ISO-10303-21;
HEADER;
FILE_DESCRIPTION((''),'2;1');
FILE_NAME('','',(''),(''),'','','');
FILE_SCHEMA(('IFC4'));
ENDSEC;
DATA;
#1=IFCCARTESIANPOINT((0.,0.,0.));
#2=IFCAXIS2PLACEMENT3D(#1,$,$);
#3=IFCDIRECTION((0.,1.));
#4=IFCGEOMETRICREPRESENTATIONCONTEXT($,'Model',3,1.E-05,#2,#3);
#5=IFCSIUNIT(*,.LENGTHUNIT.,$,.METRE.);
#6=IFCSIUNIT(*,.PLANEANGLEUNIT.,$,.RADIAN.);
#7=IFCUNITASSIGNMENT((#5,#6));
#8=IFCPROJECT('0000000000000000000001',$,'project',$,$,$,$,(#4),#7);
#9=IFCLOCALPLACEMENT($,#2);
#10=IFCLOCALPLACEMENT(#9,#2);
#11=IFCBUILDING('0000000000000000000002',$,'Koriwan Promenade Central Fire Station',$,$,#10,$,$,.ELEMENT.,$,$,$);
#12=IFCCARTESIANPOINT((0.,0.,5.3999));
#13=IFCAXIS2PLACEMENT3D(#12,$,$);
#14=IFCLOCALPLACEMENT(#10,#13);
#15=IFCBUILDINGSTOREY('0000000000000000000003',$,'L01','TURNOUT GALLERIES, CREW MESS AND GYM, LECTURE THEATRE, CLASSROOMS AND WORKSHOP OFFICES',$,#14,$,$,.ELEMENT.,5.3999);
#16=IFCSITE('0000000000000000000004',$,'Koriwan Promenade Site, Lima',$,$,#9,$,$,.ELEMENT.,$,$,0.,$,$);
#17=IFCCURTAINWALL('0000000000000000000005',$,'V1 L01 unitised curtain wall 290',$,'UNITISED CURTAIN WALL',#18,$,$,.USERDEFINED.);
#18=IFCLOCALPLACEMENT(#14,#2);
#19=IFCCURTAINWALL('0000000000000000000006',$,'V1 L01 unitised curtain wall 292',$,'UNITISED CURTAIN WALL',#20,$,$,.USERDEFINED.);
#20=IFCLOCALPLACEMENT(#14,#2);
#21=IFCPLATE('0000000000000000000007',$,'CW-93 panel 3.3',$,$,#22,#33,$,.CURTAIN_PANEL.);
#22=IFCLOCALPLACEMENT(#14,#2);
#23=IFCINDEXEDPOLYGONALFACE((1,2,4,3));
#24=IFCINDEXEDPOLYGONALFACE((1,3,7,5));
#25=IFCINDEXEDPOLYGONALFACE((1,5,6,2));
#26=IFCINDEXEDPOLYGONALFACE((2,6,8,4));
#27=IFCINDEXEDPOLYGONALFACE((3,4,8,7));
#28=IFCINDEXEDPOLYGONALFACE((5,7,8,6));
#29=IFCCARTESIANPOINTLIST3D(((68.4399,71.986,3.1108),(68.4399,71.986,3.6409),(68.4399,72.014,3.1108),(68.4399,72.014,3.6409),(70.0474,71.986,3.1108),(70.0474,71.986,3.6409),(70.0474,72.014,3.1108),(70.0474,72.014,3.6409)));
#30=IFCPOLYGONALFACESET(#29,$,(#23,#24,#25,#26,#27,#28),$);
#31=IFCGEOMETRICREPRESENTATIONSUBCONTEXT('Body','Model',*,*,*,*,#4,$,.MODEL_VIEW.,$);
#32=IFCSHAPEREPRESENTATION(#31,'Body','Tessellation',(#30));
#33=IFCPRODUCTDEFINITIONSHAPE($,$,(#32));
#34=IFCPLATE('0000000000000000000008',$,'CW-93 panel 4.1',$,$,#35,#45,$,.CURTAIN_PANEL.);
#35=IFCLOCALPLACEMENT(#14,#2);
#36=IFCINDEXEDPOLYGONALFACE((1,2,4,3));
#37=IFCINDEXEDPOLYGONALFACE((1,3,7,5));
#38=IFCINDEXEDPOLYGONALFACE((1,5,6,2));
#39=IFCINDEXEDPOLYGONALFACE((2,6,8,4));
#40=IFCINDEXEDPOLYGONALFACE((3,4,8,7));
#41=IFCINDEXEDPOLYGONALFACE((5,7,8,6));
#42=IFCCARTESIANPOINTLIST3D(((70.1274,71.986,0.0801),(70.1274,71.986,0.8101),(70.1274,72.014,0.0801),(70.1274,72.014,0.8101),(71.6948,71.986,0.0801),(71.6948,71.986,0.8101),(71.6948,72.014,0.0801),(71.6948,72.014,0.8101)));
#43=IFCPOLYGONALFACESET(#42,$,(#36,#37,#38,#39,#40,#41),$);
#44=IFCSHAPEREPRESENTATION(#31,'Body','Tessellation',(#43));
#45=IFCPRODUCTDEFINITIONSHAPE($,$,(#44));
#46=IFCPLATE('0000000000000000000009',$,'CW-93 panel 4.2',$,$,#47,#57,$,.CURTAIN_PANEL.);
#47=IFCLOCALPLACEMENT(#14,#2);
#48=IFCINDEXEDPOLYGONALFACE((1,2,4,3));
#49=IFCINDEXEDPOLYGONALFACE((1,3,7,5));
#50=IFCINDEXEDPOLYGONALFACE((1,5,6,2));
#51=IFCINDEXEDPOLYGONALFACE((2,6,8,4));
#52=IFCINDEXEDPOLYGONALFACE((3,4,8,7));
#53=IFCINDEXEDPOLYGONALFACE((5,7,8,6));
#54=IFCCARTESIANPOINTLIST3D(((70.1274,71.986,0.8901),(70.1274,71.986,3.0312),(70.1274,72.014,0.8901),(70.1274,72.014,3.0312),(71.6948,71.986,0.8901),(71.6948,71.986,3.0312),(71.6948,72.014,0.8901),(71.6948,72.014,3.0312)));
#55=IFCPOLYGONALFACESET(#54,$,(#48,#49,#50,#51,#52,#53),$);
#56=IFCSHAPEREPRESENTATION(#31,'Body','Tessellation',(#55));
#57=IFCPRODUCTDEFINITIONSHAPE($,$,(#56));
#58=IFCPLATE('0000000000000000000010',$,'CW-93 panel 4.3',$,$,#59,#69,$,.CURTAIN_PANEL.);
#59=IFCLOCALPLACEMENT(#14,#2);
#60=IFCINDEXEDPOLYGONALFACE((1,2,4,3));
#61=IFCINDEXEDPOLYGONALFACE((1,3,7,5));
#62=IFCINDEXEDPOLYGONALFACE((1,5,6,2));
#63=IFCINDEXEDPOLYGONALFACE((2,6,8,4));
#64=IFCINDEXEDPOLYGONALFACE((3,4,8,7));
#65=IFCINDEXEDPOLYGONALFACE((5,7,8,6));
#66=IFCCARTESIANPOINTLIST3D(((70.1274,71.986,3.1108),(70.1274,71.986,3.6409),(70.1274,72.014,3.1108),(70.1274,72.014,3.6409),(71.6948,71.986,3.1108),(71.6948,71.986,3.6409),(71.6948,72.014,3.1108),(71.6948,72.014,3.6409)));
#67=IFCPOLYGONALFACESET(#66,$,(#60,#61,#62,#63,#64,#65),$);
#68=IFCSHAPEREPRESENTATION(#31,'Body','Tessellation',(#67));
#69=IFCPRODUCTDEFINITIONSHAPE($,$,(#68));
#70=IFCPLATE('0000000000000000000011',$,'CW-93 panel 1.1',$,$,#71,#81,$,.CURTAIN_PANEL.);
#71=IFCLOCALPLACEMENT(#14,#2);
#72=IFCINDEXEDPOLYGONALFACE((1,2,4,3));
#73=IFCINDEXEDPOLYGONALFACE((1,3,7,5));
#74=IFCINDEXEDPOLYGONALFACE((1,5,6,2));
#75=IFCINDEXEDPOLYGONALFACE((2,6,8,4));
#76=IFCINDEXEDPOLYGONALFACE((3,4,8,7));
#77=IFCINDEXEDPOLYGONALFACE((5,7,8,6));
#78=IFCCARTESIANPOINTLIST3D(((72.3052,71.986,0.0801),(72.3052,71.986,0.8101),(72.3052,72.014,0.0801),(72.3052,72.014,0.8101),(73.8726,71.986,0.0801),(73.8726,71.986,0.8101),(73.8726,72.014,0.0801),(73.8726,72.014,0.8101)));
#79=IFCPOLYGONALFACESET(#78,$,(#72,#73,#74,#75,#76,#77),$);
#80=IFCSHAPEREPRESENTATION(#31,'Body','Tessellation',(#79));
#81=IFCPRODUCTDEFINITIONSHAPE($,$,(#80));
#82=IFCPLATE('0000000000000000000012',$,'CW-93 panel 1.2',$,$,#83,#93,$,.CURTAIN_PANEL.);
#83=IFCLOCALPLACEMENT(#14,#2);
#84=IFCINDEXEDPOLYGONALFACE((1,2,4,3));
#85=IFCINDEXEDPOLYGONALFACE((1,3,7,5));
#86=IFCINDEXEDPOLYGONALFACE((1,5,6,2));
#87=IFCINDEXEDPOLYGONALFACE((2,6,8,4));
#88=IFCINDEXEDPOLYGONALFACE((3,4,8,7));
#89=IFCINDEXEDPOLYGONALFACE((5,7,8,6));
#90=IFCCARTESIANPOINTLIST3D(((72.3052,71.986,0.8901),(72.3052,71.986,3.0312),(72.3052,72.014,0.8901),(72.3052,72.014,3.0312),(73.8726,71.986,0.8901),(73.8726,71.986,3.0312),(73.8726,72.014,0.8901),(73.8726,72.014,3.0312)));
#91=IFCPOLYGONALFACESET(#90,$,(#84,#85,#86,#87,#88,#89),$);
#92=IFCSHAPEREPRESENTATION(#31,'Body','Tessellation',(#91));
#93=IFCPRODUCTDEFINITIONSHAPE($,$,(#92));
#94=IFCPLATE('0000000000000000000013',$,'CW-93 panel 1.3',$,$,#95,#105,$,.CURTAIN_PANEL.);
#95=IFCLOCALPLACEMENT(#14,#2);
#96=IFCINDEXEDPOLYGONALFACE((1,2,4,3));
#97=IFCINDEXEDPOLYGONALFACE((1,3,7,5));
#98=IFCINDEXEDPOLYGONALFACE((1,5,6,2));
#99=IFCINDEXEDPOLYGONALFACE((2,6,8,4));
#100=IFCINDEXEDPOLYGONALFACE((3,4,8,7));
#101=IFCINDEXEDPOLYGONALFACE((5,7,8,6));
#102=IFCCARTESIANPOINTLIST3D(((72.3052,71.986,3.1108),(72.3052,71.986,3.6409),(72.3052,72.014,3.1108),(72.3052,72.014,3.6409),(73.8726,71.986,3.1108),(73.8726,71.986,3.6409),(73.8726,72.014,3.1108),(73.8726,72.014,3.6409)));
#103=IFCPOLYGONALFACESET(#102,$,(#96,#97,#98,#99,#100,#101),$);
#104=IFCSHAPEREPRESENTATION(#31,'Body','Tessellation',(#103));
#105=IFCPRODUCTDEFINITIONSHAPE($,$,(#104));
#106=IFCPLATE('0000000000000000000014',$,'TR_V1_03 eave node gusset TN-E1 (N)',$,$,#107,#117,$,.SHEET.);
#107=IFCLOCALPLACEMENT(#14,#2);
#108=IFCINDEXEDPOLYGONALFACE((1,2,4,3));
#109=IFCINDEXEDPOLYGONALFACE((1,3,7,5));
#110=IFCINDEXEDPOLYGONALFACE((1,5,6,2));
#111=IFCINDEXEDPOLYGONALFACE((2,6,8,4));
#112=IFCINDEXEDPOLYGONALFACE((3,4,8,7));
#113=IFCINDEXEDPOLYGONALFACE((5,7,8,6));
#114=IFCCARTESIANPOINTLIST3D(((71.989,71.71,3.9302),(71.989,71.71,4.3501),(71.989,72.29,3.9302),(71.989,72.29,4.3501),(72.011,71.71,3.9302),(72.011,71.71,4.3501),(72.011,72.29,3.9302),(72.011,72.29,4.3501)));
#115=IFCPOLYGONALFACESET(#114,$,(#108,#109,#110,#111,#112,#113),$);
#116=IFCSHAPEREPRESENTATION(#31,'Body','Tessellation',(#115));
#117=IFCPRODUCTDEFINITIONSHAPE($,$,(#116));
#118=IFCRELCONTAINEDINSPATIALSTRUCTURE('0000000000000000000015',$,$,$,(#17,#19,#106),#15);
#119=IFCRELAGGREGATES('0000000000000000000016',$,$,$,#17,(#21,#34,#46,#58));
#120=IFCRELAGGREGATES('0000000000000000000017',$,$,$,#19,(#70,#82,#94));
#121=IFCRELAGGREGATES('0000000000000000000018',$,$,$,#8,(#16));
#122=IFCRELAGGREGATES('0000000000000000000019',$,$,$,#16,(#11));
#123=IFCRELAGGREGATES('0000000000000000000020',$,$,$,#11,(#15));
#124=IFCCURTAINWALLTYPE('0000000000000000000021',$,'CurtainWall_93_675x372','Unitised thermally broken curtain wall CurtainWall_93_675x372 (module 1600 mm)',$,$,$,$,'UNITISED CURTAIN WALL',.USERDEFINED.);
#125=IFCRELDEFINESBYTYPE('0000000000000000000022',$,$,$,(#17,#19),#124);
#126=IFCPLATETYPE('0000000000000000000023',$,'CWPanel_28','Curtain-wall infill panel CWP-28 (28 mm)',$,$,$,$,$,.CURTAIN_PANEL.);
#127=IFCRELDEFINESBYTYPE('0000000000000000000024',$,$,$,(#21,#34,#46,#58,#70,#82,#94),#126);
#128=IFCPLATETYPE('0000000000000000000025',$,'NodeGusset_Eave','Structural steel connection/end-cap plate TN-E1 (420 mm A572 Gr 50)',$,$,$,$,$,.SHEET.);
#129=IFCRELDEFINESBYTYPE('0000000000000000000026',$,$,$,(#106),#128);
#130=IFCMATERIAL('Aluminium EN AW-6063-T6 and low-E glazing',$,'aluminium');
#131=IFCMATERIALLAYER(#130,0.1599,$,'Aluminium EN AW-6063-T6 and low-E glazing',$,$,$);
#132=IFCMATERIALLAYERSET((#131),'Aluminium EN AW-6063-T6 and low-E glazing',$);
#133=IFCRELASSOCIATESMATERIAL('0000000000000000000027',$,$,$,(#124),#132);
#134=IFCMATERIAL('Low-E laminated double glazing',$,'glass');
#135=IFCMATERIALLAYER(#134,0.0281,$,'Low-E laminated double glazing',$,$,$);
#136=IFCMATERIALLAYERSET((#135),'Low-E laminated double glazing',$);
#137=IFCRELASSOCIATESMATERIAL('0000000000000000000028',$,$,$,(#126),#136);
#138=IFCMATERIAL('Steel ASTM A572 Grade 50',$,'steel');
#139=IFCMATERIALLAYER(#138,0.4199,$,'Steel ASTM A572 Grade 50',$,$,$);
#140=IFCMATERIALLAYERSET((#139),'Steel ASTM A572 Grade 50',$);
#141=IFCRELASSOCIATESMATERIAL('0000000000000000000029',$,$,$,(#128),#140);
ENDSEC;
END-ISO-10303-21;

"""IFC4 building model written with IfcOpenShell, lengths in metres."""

from ifc_helpers import new_model, si_unit, direction, frame, origin, origin_2d, place, context, subcontext, project, spatial, rectangle, extrude, material, layer, layer_set, type_object, element, aggregate, save


model = new_model("IFC4")

# Units and contexts
model_context = context("Model", 3, precision=1e-05, world=origin(), true_north=direction((0.0, 1.0)))
body_context = subcontext(model_context, "Body", "Model", "MODEL_VIEW")
ifc_project = project(units=[si_unit("LENGTHUNIT", "METRE"), si_unit("PLANEANGLEUNIT", "RADIAN")], contexts=[model_context])

# Site, building, storey
site_placement = place(None, origin())
site = spatial("IfcSite", under=ifc_project, at=site_placement, Name="Koriwan Promenade Site, Lima", CompositionType="ELEMENT", RefElevation=0.0)
building_placement = place(site_placement, origin())
building = spatial("IfcBuilding", under=site, at=building_placement, Name="Koriwan Promenade Central Fire Station", CompositionType="ELEMENT")
storey_placement = place(building_placement, frame((0.0, 0.0, 5.3999)))
storey = spatial("IfcBuildingStorey", under=building, at=storey_placement, Name="L01", Description="TURNOUT GALLERIES, CREW MESS AND GYM, LECTURE THEATRE, CLASSROOMS AND WORKSHOP OFFICES", CompositionType="ELEMENT", Elevation=5.3999)

# Curtain walls
ifc_material_1 = material(Name="Aluminium EN AW-6063-T6 and low-E glazing", Category="aluminium")
ifc_layer_1 = layer(ifc_material_1, 0.1599, Name="Aluminium EN AW-6063-T6 and low-E glazing")
ifc_layer_set_1 = layer_set([ifc_layer_1], Name="Aluminium EN AW-6063-T6 and low-E glazing")
curtain_wall_type = type_object("IfcCurtainWallType", Name="CurtainWall_93_675x372", Description="Unitised thermally broken curtain wall CurtainWall_93_675x372 (module 1600 mm)", ElementType="UNITISED CURTAIN WALL", PredefinedType="USERDEFINED", material=ifc_layer_set_1)
curtain_wall_1_placement = place(storey_placement, origin())
curtain_wall_1 = element("IfcCurtainWall", 1, at=curtain_wall_1_placement, inside=storey, type_object=curtain_wall_type, Name="V1 L01 unitised curtain wall 290", ObjectType="UNITISED CURTAIN WALL", PredefinedType="USERDEFINED")
curtain_wall_2_placement = place(storey_placement, origin())
curtain_wall_2 = element("IfcCurtainWall", 2, at=curtain_wall_2_placement, inside=storey, type_object=curtain_wall_type, Name="V1 L01 unitised curtain wall 292", ObjectType="UNITISED CURTAIN WALL", PredefinedType="USERDEFINED")

# Plates
ifc_material_2 = material(Name="Low-E laminated double glazing", Category="glass")
ifc_layer_2 = layer(ifc_material_2, 0.0281, Name="Low-E laminated double glazing")
ifc_layer_set_2 = layer_set([ifc_layer_2], Name="Low-E laminated double glazing")
plate_type_1 = type_object("IfcPlateType", Name="CWPanel_28", Description="Curtain-wall infill panel CWP-28 (28 mm)", PredefinedType="CURTAIN_PANEL", material=ifc_layer_set_2)
plate_1_placement = place(storey_placement, frame((69.2437, 72.0, 3.1108), z_axis=(0.0, 0.0, 1.0), x_axis=(1.0, 0.0, 0.0)))
plate_1 = element("IfcPlate", 3, at=plate_1_placement, type_object=plate_type_1, Name="CW-93 panel 3.3", PredefinedType="CURTAIN_PANEL", context=body_context, shape_type="SweptSolid", body=[
    extrude(rectangle(XDim=1.6074, YDim=0.0281, at=origin_2d()), origin(), (0.0, 0.0, 1.0), 0.53),
])
plate_2_placement = place(storey_placement, frame((70.9111, 72.0, 0.0801), z_axis=(0.0, 0.0, 1.0), x_axis=(1.0, 0.0, 0.0)))
plate_2 = element("IfcPlate", 4, at=plate_2_placement, type_object=plate_type_1, Name="CW-93 panel 4.1", PredefinedType="CURTAIN_PANEL", context=body_context, shape_type="SweptSolid", body=[
    extrude(rectangle(XDim=1.5674, YDim=0.0281, at=origin_2d()), origin(), (0.0, 0.0, 1.0), 0.73),
])
plate_3_placement = place(storey_placement, frame((70.9111, 72.0, 0.8901), z_axis=(0.0, 0.0, 1.0), x_axis=(1.0, 0.0, 0.0)))
plate_3 = element("IfcPlate", 5, at=plate_3_placement, type_object=plate_type_1, Name="CW-93 panel 4.2", PredefinedType="CURTAIN_PANEL", context=body_context, shape_type="SweptSolid", body=[
    extrude(rectangle(XDim=1.5674, YDim=0.0281, at=origin_2d()), origin(), (0.0, 0.0, 1.0), 2.1411),
])
plate_4_placement = place(storey_placement, frame((70.9111, 72.0, 3.1108), z_axis=(0.0, 0.0, 1.0), x_axis=(1.0, 0.0, 0.0)))
plate_4 = element("IfcPlate", 6, at=plate_4_placement, type_object=plate_type_1, Name="CW-93 panel 4.3", PredefinedType="CURTAIN_PANEL", context=body_context, shape_type="SweptSolid", body=[
    extrude(rectangle(XDim=1.5674, YDim=0.0281, at=origin_2d()), origin(), (0.0, 0.0, 1.0), 0.53),
])
aggregate(curtain_wall_1, [plate_1, plate_2, plate_3, plate_4])
plate_5_placement = place(storey_placement, frame((73.0889, 72.0, 0.0801), z_axis=(0.0, 0.0, 1.0), x_axis=(1.0, 0.0, 0.0)))
plate_5 = element("IfcPlate", 7, at=plate_5_placement, type_object=plate_type_1, Name="CW-93 panel 1.1", PredefinedType="CURTAIN_PANEL", context=body_context, shape_type="SweptSolid", body=[
    extrude(rectangle(XDim=1.5674, YDim=0.0281, at=origin_2d()), origin(), (0.0, 0.0, 1.0), 0.73),
])
plate_6_placement = place(storey_placement, frame((73.0889, 72.0, 0.8901), z_axis=(0.0, 0.0, 1.0), x_axis=(1.0, 0.0, 0.0)))
plate_6 = element("IfcPlate", 8, at=plate_6_placement, type_object=plate_type_1, Name="CW-93 panel 1.2", PredefinedType="CURTAIN_PANEL", context=body_context, shape_type="SweptSolid", body=[
    extrude(rectangle(XDim=1.5674, YDim=0.0281, at=origin_2d()), origin(), (0.0, 0.0, 1.0), 2.1411),
])
plate_7_placement = place(storey_placement, frame((73.0889, 72.0, 3.1108), z_axis=(0.0, 0.0, 1.0), x_axis=(1.0, 0.0, 0.0)))
plate_7 = element("IfcPlate", 9, at=plate_7_placement, type_object=plate_type_1, Name="CW-93 panel 1.3", PredefinedType="CURTAIN_PANEL", context=body_context, shape_type="SweptSolid", body=[
    extrude(rectangle(XDim=1.5674, YDim=0.0281, at=origin_2d()), origin(), (0.0, 0.0, 1.0), 0.53),
])
aggregate(curtain_wall_2, [plate_5, plate_6, plate_7])
ifc_material_3 = material(Name="Steel ASTM A572 Grade 50", Category="steel")
ifc_layer_3 = layer(ifc_material_3, 0.4199, Name="Steel ASTM A572 Grade 50")
ifc_layer_set_3 = layer_set([ifc_layer_3], Name="Steel ASTM A572 Grade 50")
plate_type_2 = type_object("IfcPlateType", Name="NodeGusset_Eave", Description="Structural steel connection/end-cap plate TN-E1 (420 mm A572 Gr 50)", PredefinedType="SHEET", material=ifc_layer_set_3)
plate_8_placement = place(storey_placement, frame((72.0, 72.0, 3.9302), z_axis=(0.0, 0.0, 1.0), x_axis=(1.0, 0.0, 0.0)))
element("IfcPlate", 10, at=plate_8_placement, inside=storey, type_object=plate_type_2, Name="TR_V1_03 eave node gusset TN-E1 (N)", PredefinedType="SHEET", context=body_context, shape_type="SweptSolid", body=[
    extrude(rectangle(XDim=0.022, YDim=0.5801, at=origin_2d()), origin(), (0.0, 0.0, 1.0), 0.4199),
])

save(model, "model.ifc")
